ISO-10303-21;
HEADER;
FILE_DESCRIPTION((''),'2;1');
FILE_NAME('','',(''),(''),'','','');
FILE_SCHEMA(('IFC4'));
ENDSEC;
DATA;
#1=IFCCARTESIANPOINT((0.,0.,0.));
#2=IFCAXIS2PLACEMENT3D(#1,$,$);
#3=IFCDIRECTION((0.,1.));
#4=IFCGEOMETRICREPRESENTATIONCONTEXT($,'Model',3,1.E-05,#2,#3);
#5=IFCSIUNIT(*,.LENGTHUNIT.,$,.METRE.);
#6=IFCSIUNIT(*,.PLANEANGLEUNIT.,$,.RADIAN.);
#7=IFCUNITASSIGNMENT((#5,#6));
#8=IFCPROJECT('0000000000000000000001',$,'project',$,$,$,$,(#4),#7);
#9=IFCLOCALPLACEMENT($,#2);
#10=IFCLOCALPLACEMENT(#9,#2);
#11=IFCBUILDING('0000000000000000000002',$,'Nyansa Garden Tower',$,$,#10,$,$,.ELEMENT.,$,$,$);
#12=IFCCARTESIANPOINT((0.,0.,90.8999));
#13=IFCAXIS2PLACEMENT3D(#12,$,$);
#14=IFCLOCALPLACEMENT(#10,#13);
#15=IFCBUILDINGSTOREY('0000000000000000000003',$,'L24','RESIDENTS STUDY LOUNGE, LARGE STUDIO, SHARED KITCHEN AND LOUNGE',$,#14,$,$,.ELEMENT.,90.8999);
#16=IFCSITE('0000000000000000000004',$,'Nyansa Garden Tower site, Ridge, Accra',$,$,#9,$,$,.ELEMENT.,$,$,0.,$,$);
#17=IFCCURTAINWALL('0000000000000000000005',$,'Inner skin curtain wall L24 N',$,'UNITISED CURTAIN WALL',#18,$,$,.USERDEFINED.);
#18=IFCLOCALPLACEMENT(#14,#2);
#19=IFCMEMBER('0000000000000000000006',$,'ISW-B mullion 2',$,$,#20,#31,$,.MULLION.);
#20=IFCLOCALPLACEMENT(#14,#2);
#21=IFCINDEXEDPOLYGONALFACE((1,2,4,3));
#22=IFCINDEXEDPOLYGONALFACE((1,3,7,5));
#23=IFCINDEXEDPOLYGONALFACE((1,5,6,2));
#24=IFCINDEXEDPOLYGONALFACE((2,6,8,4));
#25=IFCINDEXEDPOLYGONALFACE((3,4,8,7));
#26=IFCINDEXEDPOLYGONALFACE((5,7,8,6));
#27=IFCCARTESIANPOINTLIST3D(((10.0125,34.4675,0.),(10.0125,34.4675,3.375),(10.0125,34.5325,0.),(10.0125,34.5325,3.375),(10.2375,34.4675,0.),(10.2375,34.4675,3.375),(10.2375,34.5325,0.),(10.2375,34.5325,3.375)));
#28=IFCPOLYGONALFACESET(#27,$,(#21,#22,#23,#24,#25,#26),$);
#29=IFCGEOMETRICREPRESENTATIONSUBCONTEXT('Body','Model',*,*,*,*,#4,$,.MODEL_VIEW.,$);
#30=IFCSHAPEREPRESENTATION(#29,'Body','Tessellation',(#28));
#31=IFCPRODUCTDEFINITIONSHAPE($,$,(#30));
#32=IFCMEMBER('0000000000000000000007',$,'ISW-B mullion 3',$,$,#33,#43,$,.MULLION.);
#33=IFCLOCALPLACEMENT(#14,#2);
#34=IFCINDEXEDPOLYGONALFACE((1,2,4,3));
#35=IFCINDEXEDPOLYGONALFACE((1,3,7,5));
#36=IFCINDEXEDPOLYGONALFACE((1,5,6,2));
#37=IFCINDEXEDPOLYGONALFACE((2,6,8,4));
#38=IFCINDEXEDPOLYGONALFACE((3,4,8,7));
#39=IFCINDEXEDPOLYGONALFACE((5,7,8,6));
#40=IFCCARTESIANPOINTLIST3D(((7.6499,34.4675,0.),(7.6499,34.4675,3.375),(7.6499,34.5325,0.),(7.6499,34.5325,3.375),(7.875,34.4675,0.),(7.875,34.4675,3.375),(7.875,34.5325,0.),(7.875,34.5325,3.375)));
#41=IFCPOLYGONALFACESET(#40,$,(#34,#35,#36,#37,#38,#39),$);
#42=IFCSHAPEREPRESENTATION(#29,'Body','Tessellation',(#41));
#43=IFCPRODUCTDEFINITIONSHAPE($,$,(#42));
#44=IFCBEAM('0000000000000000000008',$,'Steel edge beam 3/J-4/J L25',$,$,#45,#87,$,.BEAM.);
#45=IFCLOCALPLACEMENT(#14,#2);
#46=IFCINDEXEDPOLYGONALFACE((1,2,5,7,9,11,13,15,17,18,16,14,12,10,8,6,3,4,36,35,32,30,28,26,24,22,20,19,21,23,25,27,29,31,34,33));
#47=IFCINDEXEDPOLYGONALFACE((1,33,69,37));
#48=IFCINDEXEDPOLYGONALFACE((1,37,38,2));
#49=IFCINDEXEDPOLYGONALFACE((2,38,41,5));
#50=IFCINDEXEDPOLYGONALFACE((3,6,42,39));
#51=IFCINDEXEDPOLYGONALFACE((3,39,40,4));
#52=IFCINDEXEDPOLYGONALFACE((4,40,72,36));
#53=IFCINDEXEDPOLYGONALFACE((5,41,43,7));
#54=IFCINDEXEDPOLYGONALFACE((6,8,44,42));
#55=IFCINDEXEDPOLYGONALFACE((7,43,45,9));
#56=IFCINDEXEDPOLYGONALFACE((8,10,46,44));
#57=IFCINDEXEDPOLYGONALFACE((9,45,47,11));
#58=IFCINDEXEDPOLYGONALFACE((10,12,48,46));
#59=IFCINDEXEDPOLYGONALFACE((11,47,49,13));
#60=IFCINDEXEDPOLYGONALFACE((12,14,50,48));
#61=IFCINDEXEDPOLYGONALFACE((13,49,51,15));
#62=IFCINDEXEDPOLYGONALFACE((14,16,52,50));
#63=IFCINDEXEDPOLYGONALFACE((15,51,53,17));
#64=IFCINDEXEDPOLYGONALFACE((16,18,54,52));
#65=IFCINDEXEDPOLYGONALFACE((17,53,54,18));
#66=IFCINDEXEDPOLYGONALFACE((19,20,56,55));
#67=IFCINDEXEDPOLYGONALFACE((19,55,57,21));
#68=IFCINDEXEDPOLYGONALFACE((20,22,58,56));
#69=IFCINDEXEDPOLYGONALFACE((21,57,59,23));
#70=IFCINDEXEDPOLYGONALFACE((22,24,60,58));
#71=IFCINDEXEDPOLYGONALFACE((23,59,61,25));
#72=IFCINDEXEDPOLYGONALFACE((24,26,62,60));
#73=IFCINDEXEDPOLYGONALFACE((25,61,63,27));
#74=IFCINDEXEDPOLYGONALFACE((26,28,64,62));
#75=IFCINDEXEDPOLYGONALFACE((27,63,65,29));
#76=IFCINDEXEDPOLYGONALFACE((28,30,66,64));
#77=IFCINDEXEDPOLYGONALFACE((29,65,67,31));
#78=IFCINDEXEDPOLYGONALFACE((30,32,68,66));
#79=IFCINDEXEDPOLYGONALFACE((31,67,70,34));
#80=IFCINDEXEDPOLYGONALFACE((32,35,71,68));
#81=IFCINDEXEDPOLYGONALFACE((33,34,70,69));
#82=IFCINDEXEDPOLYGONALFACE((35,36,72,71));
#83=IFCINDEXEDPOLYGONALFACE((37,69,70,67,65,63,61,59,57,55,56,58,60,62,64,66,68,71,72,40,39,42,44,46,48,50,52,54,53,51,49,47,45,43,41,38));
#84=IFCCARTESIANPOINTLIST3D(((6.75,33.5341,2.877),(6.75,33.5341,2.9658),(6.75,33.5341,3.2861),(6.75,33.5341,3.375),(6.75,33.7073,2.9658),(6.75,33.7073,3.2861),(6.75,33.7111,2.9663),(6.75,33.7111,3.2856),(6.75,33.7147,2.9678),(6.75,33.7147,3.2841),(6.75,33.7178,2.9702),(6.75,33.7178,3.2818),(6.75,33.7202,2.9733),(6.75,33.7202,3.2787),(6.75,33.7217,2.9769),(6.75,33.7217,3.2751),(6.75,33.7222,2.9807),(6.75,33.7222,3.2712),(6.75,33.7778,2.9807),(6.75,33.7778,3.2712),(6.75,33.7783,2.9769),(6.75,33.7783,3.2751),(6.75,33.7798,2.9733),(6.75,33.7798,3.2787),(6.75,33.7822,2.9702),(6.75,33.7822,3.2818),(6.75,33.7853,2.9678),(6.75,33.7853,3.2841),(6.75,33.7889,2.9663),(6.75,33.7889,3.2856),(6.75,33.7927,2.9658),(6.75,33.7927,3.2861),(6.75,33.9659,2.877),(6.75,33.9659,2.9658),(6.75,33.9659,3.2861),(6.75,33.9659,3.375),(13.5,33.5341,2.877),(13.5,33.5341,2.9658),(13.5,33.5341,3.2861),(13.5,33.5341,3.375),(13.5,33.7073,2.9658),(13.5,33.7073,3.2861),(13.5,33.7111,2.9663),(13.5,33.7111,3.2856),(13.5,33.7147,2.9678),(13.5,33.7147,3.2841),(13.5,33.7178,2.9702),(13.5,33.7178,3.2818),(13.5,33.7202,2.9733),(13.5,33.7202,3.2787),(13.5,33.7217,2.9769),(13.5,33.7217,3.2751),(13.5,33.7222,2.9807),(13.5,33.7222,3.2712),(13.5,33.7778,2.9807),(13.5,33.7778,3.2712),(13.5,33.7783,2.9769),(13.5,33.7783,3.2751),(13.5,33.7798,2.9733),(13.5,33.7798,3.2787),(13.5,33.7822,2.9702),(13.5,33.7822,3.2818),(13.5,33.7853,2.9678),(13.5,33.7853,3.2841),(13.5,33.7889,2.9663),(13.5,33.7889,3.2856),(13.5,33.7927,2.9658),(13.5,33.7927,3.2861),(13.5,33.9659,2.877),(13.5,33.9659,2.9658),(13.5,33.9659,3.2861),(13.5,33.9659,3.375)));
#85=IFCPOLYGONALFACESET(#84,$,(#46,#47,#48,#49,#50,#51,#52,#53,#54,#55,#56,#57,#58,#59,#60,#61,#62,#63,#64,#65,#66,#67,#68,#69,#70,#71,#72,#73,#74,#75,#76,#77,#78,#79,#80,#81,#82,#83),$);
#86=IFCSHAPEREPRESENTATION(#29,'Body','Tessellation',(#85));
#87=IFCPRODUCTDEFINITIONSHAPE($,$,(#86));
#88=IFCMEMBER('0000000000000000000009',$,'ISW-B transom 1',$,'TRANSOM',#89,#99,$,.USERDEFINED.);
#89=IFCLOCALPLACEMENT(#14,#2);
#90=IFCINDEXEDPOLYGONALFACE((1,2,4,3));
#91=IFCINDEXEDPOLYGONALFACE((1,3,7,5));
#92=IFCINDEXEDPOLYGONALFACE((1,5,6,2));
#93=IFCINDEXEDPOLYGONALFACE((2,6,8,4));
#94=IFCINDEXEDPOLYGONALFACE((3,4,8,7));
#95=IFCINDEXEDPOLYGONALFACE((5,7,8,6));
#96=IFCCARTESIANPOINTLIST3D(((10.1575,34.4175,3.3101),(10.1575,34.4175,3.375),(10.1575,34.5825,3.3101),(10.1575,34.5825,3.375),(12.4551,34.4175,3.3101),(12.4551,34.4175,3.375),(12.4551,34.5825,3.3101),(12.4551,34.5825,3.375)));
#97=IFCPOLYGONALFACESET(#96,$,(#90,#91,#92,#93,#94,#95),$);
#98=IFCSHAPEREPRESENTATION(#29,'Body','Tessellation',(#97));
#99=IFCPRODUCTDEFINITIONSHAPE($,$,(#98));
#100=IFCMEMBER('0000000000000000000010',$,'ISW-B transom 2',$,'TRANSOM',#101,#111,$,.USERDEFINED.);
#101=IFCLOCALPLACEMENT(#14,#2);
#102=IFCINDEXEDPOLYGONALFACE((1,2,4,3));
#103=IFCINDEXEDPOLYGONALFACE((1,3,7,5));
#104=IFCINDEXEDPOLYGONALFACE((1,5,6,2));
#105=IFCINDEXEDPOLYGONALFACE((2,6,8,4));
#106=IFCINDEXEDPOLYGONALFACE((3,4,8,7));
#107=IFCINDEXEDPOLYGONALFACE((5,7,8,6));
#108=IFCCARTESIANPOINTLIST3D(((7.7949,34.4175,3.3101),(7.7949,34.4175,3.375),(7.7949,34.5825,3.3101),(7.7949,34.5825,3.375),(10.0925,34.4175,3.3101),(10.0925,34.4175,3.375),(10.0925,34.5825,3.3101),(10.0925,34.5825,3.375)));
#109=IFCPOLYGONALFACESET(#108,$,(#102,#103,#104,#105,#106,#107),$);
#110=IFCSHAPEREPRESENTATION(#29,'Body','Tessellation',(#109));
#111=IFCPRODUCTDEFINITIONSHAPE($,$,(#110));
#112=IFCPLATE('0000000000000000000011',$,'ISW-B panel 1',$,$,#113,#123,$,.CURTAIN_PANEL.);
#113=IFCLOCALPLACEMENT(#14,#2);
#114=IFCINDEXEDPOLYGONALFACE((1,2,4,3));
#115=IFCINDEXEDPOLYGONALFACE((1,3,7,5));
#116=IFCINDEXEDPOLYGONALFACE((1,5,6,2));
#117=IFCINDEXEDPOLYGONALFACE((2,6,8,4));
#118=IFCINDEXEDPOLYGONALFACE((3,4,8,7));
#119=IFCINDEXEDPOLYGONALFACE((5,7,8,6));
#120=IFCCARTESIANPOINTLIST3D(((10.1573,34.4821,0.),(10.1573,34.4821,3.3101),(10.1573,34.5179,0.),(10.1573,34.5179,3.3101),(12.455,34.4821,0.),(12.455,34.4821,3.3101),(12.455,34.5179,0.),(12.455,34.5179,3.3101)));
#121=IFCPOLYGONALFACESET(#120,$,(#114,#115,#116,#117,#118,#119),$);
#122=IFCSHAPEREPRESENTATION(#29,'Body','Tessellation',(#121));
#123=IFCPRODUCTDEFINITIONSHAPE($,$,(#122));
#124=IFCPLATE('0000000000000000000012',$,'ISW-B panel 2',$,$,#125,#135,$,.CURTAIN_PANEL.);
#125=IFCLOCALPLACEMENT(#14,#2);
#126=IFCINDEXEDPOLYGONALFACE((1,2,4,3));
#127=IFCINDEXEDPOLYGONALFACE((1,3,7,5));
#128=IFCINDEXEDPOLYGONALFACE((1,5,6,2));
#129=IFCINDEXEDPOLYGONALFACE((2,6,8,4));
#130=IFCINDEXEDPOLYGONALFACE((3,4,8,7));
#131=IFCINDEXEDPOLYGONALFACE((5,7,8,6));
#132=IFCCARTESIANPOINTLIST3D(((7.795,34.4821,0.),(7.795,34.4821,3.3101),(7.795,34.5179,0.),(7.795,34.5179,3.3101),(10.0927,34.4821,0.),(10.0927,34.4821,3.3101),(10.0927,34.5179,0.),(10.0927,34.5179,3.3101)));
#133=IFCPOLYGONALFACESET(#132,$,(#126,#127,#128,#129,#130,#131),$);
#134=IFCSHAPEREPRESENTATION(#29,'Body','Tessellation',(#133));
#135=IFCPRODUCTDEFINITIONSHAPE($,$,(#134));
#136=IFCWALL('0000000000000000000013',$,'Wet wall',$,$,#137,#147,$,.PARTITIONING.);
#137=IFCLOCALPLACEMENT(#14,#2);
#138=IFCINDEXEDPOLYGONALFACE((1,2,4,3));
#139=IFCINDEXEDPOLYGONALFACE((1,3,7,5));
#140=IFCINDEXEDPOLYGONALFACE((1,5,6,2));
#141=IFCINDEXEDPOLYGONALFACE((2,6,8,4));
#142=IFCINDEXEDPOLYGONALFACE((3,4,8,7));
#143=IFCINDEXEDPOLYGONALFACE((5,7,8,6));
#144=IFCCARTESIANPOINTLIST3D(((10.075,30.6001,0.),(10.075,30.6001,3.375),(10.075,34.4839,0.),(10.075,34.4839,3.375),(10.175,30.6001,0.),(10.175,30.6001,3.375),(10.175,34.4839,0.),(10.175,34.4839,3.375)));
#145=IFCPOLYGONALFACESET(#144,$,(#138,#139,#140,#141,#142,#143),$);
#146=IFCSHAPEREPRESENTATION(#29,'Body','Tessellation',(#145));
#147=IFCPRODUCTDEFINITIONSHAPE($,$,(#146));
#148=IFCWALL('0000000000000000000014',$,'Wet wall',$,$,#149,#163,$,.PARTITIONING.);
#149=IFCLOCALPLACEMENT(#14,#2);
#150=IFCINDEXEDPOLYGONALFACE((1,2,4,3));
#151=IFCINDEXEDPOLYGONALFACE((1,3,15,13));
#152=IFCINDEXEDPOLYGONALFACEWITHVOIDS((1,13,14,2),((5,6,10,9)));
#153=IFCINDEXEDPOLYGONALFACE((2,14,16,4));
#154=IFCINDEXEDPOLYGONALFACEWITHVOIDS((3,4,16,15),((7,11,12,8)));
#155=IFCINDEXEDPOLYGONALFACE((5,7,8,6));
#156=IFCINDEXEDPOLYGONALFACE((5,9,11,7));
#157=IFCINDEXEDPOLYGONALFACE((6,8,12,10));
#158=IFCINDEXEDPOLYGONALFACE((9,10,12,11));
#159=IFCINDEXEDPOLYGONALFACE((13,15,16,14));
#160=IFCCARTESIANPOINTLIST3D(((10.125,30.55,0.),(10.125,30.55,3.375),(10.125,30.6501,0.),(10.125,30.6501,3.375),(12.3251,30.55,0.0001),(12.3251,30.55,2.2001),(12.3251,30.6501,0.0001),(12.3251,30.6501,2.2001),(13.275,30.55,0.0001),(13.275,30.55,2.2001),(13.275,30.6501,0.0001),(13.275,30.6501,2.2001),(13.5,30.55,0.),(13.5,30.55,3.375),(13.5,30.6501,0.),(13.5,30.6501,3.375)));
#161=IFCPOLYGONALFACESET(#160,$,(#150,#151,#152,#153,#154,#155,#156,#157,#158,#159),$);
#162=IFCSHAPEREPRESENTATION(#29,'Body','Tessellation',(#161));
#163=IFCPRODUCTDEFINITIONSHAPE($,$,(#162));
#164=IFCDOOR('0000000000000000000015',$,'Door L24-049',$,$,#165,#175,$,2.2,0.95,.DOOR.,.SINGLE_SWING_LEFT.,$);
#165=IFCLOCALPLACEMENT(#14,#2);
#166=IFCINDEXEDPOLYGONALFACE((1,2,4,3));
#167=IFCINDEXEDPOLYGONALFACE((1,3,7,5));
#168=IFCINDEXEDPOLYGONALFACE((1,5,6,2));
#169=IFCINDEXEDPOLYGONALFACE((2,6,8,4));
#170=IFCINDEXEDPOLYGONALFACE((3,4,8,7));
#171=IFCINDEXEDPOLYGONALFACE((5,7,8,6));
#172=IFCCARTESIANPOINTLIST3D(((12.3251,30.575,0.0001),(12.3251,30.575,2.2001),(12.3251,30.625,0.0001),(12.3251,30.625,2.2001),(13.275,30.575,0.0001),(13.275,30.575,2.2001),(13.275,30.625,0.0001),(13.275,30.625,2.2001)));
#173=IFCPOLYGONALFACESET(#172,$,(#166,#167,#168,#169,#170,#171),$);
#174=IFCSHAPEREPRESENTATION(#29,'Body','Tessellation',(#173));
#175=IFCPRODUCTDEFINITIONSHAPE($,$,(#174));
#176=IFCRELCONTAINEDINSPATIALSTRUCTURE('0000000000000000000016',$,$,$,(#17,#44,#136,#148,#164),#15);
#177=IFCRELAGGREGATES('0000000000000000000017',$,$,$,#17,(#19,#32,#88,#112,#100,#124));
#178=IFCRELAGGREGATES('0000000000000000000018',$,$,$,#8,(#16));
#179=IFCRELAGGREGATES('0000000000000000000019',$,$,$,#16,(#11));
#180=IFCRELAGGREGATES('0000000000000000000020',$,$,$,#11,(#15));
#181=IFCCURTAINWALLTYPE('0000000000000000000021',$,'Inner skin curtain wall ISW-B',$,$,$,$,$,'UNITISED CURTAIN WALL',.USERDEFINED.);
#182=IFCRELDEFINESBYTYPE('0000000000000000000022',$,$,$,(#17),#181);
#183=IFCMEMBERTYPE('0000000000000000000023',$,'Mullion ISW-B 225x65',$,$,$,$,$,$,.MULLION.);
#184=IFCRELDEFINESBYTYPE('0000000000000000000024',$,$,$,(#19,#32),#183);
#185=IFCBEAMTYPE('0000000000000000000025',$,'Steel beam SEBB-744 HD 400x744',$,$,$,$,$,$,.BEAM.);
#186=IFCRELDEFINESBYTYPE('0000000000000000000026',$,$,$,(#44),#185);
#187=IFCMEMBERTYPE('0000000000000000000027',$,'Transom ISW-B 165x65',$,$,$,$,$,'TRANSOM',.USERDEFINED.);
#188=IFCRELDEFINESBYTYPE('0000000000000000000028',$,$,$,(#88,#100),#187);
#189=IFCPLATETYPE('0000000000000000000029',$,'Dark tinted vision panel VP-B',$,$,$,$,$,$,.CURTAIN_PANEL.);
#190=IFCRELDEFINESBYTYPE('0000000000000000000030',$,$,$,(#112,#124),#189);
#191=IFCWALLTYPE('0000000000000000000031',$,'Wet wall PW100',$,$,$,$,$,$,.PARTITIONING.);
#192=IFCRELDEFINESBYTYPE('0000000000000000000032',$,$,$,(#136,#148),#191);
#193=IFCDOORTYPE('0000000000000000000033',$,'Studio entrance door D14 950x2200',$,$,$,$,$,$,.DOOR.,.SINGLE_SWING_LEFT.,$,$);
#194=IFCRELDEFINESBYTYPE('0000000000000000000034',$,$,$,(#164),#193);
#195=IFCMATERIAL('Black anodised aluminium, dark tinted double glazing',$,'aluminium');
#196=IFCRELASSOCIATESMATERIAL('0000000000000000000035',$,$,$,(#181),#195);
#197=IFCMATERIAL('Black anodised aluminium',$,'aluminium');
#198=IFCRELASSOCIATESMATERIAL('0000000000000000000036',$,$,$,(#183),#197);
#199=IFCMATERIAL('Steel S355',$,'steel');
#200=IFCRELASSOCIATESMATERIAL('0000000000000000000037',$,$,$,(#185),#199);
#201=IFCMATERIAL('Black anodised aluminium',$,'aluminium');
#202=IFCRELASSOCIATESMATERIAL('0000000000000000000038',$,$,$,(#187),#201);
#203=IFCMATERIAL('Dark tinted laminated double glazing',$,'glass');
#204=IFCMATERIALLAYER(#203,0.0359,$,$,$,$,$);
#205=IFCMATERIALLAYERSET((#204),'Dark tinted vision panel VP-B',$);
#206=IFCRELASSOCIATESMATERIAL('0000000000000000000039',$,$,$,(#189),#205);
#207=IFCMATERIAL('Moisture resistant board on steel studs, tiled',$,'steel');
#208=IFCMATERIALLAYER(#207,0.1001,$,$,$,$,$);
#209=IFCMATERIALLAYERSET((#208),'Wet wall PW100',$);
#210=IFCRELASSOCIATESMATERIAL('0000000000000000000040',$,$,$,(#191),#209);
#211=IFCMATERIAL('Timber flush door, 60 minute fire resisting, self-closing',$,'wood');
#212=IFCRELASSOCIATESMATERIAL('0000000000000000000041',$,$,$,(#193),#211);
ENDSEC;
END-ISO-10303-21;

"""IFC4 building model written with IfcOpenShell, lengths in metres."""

from ifc_helpers import new_model, si_unit, direction, frame, frame_2d, origin, origin_2d, place, context, subcontext, project, spatial, rectangle, i_section, extrude, material, layer, layer_set, material_profile, profile_set, type_object, element, fill, aggregate, save


model = new_model("IFC4")

# Units and contexts
model_context = context("Model", 3, precision=1e-05, world=origin(), true_north=direction((0.0, 1.0)))
body_context = subcontext(model_context, "Body", "Model", "MODEL_VIEW")
ifc_project = project(units=[si_unit("LENGTHUNIT", "METRE"), si_unit("PLANEANGLEUNIT", "RADIAN")], contexts=[model_context])

# Site, building, storey
site_placement = place(None, origin())
site = spatial("IfcSite", under=ifc_project, at=site_placement, Name="Nyansa Garden Tower site, Ridge, Accra", CompositionType="ELEMENT", RefElevation=0.0)
building_placement = place(site_placement, origin())
building = spatial("IfcBuilding", under=site, at=building_placement, Name="Nyansa Garden Tower", CompositionType="ELEMENT")
storey_placement = place(building_placement, frame((0.0, 0.0, 90.8999)))
storey = spatial("IfcBuildingStorey", under=building, at=storey_placement, Name="L24", Description="RESIDENTS STUDY LOUNGE, LARGE STUDIO, SHARED KITCHEN AND LOUNGE", CompositionType="ELEMENT", Elevation=90.8999)

# Curtain wall, members
ifc_material_1 = material(Name="Black anodised aluminium, dark tinted double glazing", Category="aluminium")
curtain_wall_type = type_object("IfcCurtainWallType", Name="Inner skin curtain wall ISW-B", ElementType="UNITISED CURTAIN WALL", PredefinedType="USERDEFINED", material=ifc_material_1)
curtain_wall_placement = place(storey_placement, origin())
curtain_wall = element("IfcCurtainWall", 1, at=curtain_wall_placement, inside=storey, type_object=curtain_wall_type, Name="Inner skin curtain wall L24 N", ObjectType="UNITISED CURTAIN WALL", PredefinedType="USERDEFINED")
ifc_material_2 = material(Name="Black anodised aluminium", Category="aluminium")
ifc_material_profile_1 = material_profile(ifc_material_2, rectangle(XDim=0.0649, YDim=0.2251, at=origin_2d()), Name="Mullion 225x65")
ifc_profile_set_1 = profile_set([ifc_material_profile_1], Name="Black anodised aluminium")
member_type_1 = type_object("IfcMemberType", Name="Mullion ISW-B 225x65", PredefinedType="MULLION", material=ifc_profile_set_1)
member_1_placement = place(storey_placement, frame((10.125, 34.5, 0.0), z_axis=(0.0, 0.0, 1.0), x_axis=(0.0, -1.0, 0.0)))
member_1 = element("IfcMember", 2, at=member_1_placement, type_object=member_type_1, Name="ISW-B mullion 2", PredefinedType="MULLION", context=body_context, shape_type="SweptSolid", body=[
    extrude(rectangle(XDim=0.0649, YDim=0.2251, at=origin_2d()), origin(), (0.0, 0.0, 1.0), 3.375),
])
member_2_placement = place(storey_placement, frame((7.7625, 34.5, 0.0), z_axis=(0.0, 0.0, 1.0), x_axis=(0.0, -1.0, 0.0)))
member_2 = element("IfcMember", 3, at=member_2_placement, type_object=member_type_1, Name="ISW-B mullion 3", PredefinedType="MULLION", context=body_context, shape_type="SweptSolid", body=[
    extrude(rectangle(XDim=0.0649, YDim=0.2251, at=origin_2d()), origin(), (0.0, 0.0, 1.0), 3.375),
])

# Beam
ifc_material_3 = material(Name="Steel S355", Category="steel")
ifc_material_profile_2 = material_profile(ifc_material_3, i_section(OverallWidth=0.4319, OverallDepth=0.498, WebThickness=0.0557, FlangeThickness=0.0889, FilletRadius=0.0149, at=origin_2d()), Name="HD 400x744")
ifc_profile_set_2 = profile_set([ifc_material_profile_2], Name="Steel S355")
beam_type = type_object("IfcBeamType", Name="Steel beam SEBB-744 HD 400x744", PredefinedType="BEAM", material=ifc_profile_set_2)
beam_placement = place(storey_placement, frame((6.75, 33.75, 3.126), z_axis=(1.0, 0.0, 0.0), x_axis=(0.0, 1.0, 0.0)))
element("IfcBeam", 4, at=beam_placement, inside=storey, type_object=beam_type, Name="Steel edge beam 3/J-4/J L25", PredefinedType="BEAM", context=body_context, shape_type="SweptSolid", body=[
    extrude(i_section(OverallWidth=0.4319, OverallDepth=0.498, WebThickness=0.0557, FlangeThickness=0.0889, FilletRadius=0.0149, at=origin_2d()), origin(), (0.0, 0.0, 1.0), 6.75),
])

# Members
ifc_material_4 = material(Name="Black anodised aluminium", Category="aluminium")
ifc_material_profile_3 = material_profile(ifc_material_4, rectangle(XDim=0.165, YDim=0.0649, at=origin_2d()), Name="Transom 165x65")
ifc_profile_set_3 = profile_set([ifc_material_profile_3], Name="Black anodised aluminium")
member_type_2 = type_object("IfcMemberType", Name="Transom ISW-B 165x65", ElementType="TRANSOM", PredefinedType="USERDEFINED", material=ifc_profile_set_3)
member_3_placement = place(storey_placement, frame((12.4551, 34.5, 3.3425), z_axis=(-1.0, 0.0, 0.0), x_axis=(0.0, -1.0, 0.0)))
member_3 = element("IfcMember", 5, at=member_3_placement, type_object=member_type_2, Name="ISW-B transom 1", ObjectType="TRANSOM", PredefinedType="USERDEFINED", context=body_context, shape_type="SweptSolid", body=[
    extrude(rectangle(XDim=0.165, YDim=0.0649, at=origin_2d()), origin(), (0.0, 0.0, 1.0), 2.2976),
])
member_4_placement = place(storey_placement, frame((10.0925, 34.5, 3.3425), z_axis=(-1.0, 0.0, 0.0), x_axis=(0.0, -1.0, 0.0)))
member_4 = element("IfcMember", 6, at=member_4_placement, type_object=member_type_2, Name="ISW-B transom 2", ObjectType="TRANSOM", PredefinedType="USERDEFINED", context=body_context, shape_type="SweptSolid", body=[
    extrude(rectangle(XDim=0.165, YDim=0.0649, at=origin_2d()), origin(), (0.0, 0.0, 1.0), 2.2976),
])

# Plates
ifc_material_5 = material(Name="Dark tinted laminated double glazing", Category="glass")
ifc_layer_1 = layer(ifc_material_5, 0.0359)
ifc_layer_set_1 = layer_set([ifc_layer_1], Name="Dark tinted vision panel VP-B")
plate_type = type_object("IfcPlateType", Name="Dark tinted vision panel VP-B", PredefinedType="CURTAIN_PANEL", material=ifc_layer_set_1)
plate_1_placement = place(storey_placement, frame((11.3062, 34.5, 0.0), z_axis=(0.0, 0.0, 1.0), x_axis=(-1.0, 0.0, 0.0)))
plate_1 = element("IfcPlate", 7, at=plate_1_placement, type_object=plate_type, Name="ISW-B panel 1", PredefinedType="CURTAIN_PANEL", context=body_context, shape_type="SweptSolid", body=[
    extrude(rectangle(XDim=2.2976, YDim=0.0359, at=origin_2d()), origin(), (0.0, 0.0, 1.0), 3.3101),
])
plate_2_placement = place(storey_placement, frame((8.9438, 34.5, 0.0), z_axis=(0.0, 0.0, 1.0), x_axis=(-1.0, 0.0, 0.0)))
plate_2 = element("IfcPlate", 8, at=plate_2_placement, type_object=plate_type, Name="ISW-B panel 2", PredefinedType="CURTAIN_PANEL", context=body_context, shape_type="SweptSolid", body=[
    extrude(rectangle(XDim=2.2976, YDim=0.0359, at=origin_2d()), origin(), (0.0, 0.0, 1.0), 3.3101),
])
aggregate(curtain_wall, [member_1, member_2, member_3, plate_1, member_4, plate_2])

# Wall
ifc_material_6 = material(Name="Moisture resistant board on steel studs, tiled", Category="steel")
ifc_layer_2 = layer(ifc_material_6, 0.1001)
ifc_layer_set_2 = layer_set([ifc_layer_2], Name="Wet wall PW100")
wall_type = type_object("IfcWallType", Name="Wet wall PW100", PredefinedType="PARTITIONING", material=ifc_layer_set_2)
wall_1_placement = place(storey_placement, frame((10.125, 30.6001, 0.0), z_axis=(0.0, 0.0, 1.0), x_axis=(0.0, 1.0, 0.0)))
element("IfcWall", 9, at=wall_1_placement, inside=storey, type_object=wall_type, Name="Wet wall", PredefinedType="PARTITIONING", context=body_context, shape_type="SweptSolid", body=[
    extrude(rectangle(XDim=3.8838, YDim=0.1001, at=frame_2d((1.9419, 0.0))), origin(), (0.0, 0.0, 1.0), 3.375),
])

# Wall, opening, door
wall_2_placement = place(storey_placement, frame((10.125, 30.6001, 0.0), z_axis=(0.0, 0.0, 1.0), x_axis=(1.0, 0.0, 0.0)))
wall_2 = element("IfcWall", 10, at=wall_2_placement, inside=storey, type_object=wall_type, Name="Wet wall", PredefinedType="PARTITIONING", context=body_context, shape_type="SweptSolid", body=[
    extrude(rectangle(XDim=3.375, YDim=0.1001, at=frame_2d((1.6875, 0.0))), origin(), (0.0, 0.0, 1.0), 3.375),
])
opening_1_placement = place(wall_2_placement, frame((2.2, 0.0, 0.0)))
opening_1 = element("IfcOpeningElement", 11, at=opening_1_placement, cuts=wall_2, PredefinedType="OPENING", context=body_context, shape_type="SweptSolid", body=[
    extrude(rectangle(XDim=0.95, YDim=2.2, at=frame_2d((0.4751, 1.1001))), frame((0.0, 0.0601, 0.0), z_axis=(0.0, -1.0, 0.0), x_axis=(1.0, 0.0, 0.0)), (0.0, 0.0, 1.0), 0.1201),
])
ifc_material_7 = material(Name="Timber flush door, 60 minute fire resisting, self-closing", Category="wood")
door_type_1 = type_object("IfcDoorType", Name="Studio entrance door D14 950x2200", OperationType="SINGLE_SWING_LEFT", PredefinedType="DOOR", material=ifc_material_7)
door_1_placement = place(opening_1_placement, origin())
door_1 = element("IfcDoor", 12, at=door_1_placement, inside=storey, type_object=door_type_1, Name="Door L24-049", OperationType="SINGLE_SWING_LEFT", OverallHeight=2.2, OverallWidth=0.95, PredefinedType="DOOR", context=body_context, shape_type="SweptSolid", body=[
    extrude(rectangle(XDim=0.95, YDim=2.2, at=frame_2d((0.4751, 1.1001))), frame((0.0, 0.0249, 0.0), z_axis=(0.0, -1.0, 0.0), x_axis=(1.0, 0.0, 0.0)), (0.0, 0.0, 1.0), 0.05),
])
fill(opening_1, door_1)

save(model, "model.ifc")
